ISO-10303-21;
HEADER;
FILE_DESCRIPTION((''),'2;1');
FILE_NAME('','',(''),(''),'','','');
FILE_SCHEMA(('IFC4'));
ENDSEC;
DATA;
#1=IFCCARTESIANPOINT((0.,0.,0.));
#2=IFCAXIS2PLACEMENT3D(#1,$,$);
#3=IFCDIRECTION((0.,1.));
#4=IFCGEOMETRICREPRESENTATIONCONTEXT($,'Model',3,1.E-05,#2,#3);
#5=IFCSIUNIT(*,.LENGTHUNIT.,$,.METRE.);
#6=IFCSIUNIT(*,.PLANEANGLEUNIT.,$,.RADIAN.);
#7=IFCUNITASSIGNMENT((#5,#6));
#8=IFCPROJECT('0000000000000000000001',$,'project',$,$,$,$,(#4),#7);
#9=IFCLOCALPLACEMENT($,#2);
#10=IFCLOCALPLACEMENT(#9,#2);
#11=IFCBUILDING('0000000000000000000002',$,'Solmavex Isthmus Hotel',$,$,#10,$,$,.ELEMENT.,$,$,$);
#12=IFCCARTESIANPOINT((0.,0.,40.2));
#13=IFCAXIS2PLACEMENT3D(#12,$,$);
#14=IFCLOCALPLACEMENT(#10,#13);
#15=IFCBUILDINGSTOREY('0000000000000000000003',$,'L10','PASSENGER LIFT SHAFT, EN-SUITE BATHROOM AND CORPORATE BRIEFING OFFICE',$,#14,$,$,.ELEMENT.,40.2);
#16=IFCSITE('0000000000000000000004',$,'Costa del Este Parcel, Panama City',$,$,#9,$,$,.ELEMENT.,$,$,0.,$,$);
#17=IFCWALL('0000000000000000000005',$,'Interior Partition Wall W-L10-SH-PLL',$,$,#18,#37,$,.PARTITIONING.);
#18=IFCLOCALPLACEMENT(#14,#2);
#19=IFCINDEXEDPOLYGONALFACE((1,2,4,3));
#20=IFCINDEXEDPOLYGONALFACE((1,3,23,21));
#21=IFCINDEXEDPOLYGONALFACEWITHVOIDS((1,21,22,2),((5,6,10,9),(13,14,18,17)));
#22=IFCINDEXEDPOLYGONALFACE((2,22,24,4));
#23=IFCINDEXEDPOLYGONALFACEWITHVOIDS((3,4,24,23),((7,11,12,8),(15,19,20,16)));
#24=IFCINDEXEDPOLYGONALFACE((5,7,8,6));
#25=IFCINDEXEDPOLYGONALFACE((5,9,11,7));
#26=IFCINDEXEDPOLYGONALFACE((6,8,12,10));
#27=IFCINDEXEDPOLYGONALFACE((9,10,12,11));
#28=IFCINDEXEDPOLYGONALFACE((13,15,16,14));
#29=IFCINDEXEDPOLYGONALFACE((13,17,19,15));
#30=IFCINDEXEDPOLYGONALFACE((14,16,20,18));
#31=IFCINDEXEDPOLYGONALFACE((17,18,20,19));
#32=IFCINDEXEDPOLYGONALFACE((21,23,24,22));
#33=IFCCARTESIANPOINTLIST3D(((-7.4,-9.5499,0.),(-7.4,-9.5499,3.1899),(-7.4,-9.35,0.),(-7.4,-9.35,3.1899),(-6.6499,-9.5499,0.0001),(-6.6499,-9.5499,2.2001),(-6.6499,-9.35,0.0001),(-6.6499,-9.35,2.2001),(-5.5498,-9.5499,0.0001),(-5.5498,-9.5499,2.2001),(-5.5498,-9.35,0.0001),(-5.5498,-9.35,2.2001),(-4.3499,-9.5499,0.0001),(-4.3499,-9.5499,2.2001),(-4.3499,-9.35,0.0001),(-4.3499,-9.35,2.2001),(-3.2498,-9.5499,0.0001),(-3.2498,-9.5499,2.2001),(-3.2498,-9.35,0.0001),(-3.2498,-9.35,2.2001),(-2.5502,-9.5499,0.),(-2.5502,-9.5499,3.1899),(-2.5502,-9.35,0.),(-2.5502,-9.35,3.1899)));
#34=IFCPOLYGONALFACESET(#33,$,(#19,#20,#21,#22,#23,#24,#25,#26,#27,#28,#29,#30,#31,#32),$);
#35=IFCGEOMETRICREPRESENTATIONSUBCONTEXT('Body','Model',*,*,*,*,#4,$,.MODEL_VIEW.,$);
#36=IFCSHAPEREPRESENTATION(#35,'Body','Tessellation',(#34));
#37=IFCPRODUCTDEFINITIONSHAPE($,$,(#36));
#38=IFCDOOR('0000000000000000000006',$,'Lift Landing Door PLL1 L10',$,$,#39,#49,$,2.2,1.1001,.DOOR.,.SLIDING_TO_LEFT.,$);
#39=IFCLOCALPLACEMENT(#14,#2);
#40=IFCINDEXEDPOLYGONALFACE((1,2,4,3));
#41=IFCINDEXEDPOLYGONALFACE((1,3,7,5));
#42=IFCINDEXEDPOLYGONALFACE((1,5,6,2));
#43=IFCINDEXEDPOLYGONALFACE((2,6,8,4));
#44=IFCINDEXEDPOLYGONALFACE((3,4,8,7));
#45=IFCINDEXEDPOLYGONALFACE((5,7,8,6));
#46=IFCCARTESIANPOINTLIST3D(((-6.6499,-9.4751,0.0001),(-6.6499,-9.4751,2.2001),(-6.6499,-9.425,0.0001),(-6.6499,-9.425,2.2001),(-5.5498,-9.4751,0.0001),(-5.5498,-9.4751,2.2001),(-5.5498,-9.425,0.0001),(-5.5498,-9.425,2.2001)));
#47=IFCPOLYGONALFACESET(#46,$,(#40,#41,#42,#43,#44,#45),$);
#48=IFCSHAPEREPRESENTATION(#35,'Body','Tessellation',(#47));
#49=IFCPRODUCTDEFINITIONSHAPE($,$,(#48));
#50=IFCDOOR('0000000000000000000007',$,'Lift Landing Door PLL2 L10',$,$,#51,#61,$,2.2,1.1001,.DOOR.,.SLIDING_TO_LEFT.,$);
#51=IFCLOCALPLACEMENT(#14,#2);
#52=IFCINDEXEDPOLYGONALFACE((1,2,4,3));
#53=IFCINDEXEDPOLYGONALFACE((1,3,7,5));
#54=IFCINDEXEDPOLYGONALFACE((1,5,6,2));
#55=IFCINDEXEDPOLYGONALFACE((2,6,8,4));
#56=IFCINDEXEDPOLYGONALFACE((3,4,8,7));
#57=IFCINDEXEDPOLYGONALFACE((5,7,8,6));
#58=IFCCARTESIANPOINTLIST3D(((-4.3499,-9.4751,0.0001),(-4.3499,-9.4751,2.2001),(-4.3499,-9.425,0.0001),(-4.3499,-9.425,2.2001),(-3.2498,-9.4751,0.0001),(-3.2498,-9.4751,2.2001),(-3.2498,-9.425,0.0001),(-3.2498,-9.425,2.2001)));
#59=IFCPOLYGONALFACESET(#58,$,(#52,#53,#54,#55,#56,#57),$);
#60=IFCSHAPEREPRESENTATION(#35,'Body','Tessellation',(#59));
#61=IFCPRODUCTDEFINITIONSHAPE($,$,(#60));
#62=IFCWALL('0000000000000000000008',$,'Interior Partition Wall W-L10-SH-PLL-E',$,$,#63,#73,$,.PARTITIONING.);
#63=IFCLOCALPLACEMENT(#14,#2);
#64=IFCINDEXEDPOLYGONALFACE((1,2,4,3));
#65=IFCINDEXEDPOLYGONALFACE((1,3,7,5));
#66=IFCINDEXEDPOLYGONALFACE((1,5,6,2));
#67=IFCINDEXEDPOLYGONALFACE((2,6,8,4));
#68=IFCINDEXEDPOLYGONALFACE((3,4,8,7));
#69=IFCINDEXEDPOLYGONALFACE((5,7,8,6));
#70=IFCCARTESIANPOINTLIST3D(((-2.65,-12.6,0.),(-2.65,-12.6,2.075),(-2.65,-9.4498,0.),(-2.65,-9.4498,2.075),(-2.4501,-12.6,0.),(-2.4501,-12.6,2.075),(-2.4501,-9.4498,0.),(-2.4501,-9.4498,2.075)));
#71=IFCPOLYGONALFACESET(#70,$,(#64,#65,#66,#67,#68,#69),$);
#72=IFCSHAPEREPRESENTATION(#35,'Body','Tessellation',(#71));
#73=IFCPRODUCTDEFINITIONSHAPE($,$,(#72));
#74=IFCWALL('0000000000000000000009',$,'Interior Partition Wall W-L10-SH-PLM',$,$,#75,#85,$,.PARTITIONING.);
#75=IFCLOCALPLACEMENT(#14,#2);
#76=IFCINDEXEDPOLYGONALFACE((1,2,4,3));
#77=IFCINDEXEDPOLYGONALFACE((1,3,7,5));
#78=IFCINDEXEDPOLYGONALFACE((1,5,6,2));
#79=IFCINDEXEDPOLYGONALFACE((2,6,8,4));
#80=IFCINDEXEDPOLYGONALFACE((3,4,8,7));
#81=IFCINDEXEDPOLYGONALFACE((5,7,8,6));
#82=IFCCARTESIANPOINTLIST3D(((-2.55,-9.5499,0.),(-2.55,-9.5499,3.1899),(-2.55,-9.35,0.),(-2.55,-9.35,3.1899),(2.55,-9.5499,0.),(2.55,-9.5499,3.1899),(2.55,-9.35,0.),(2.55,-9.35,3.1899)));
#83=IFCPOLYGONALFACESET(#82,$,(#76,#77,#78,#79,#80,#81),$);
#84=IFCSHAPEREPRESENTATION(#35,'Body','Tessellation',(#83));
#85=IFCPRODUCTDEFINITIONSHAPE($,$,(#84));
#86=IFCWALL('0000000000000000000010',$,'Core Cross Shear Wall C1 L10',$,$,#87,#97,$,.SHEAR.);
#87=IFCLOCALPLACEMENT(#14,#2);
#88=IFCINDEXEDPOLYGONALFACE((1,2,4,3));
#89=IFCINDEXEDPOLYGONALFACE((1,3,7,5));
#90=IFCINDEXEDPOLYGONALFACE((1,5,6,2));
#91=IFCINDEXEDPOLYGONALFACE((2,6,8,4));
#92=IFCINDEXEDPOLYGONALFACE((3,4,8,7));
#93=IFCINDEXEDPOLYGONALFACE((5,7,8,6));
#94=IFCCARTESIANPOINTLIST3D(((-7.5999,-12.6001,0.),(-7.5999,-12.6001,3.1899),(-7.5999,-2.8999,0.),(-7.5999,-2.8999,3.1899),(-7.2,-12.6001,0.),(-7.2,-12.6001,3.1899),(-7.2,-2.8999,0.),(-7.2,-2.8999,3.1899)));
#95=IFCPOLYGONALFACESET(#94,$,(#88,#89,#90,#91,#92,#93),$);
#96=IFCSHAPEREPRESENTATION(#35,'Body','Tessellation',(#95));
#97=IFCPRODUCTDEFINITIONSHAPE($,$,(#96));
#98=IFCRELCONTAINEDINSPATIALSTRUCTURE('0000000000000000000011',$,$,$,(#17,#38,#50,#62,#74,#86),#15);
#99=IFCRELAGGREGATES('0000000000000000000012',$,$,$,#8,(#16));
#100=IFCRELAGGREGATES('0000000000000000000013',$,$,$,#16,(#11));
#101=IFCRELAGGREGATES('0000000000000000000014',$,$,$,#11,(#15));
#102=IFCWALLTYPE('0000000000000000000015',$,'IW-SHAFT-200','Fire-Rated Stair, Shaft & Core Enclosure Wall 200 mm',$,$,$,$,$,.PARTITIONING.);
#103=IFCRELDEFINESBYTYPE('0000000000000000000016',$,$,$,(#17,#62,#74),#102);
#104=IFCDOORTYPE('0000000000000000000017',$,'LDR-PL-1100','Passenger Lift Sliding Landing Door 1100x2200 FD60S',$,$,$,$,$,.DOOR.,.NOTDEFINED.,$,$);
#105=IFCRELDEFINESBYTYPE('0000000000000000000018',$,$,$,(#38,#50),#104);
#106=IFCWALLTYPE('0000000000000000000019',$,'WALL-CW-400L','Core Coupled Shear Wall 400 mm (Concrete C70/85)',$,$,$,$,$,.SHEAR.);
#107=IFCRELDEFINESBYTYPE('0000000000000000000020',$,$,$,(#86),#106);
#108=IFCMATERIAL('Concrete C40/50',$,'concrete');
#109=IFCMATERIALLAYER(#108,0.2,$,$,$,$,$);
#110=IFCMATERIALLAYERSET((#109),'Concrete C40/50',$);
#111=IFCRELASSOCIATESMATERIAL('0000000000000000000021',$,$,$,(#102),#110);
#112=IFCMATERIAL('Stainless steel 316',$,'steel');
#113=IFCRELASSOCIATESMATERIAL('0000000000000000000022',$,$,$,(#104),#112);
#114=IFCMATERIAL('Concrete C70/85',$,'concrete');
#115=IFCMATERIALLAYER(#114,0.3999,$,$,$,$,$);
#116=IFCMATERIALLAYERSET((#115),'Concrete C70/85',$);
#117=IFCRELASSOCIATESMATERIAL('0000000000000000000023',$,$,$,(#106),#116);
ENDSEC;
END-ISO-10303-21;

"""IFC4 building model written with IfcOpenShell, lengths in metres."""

from ifc_helpers import new_model, si_unit, direction, frame, frame_2d, origin, place, context, subcontext, project, spatial, rectangle, extrude, material, layer, layer_set, type_object, element, fill, save


model = new_model("IFC4")

# Units and contexts
model_context = context("Model", 3, precision=1e-05, world=origin(), true_north=direction((0.0, 1.0)))
body_context = subcontext(model_context, "Body", "Model", "MODEL_VIEW")
ifc_project = project(units=[si_unit("LENGTHUNIT", "METRE"), si_unit("PLANEANGLEUNIT", "RADIAN")], contexts=[model_context])

# Site, building, storey
site_placement = place(None, origin())
site = spatial("IfcSite", under=ifc_project, at=site_placement, Name="Costa del Este Parcel, Panama City", CompositionType="ELEMENT", RefElevation=0.0)
building_placement = place(site_placement, origin())
building = spatial("IfcBuilding", under=site, at=building_placement, Name="Solmavex Isthmus Hotel", CompositionType="ELEMENT")
storey_placement = place(building_placement, frame((0.0, 0.0, 40.2)))
storey = spatial("IfcBuildingStorey", under=building, at=storey_placement, Name="L10", Description="PASSENGER LIFT SHAFT, EN-SUITE BATHROOM AND CORPORATE BRIEFING OFFICE", CompositionType="ELEMENT", Elevation=40.2)

# Shared definitions
ifc_material_1 = material(Name="Concrete C70/85", Category="concrete")

# Shared definitions
ifc_material_2 = material(Name="Concrete C40/50", Category="concrete")

# Wall, openings, doors
ifc_layer_1 = layer(ifc_material_2, 0.2)
ifc_layer_set_1 = layer_set([ifc_layer_1], Name="Concrete C40/50")
wall_type_1 = type_object("IfcWallType", Name="IW-SHAFT-200", Description="Fire-Rated Stair, Shaft & Core Enclosure Wall 200 mm", PredefinedType="PARTITIONING", material=ifc_layer_set_1)
wall_1_placement = place(storey_placement, frame((-7.3999, -9.45, 0.0), z_axis=(0.0, 0.0, 1.0), x_axis=(1.0, 0.0, 0.0)))
wall_1 = element("IfcWall", 1, at=wall_1_placement, inside=storey, type_object=wall_type_1, Name="Interior Partition Wall W-L10-SH-PLL", PredefinedType="PARTITIONING", context=body_context, shape_type="SweptSolid", body=[
    extrude(rectangle(XDim=4.8499, YDim=0.2, at=frame_2d((2.4248, 0.0))), origin(), (0.0, 0.0, 1.0), 3.1899),
])
opening_1_placement = place(wall_1_placement, frame((0.75, 0.0, 0.0)))
opening_1 = element("IfcOpeningElement", 2, at=opening_1_placement, cuts=wall_1, PredefinedType="OPENING", context=body_context, shape_type="SweptSolid", body=[
    extrude(rectangle(XDim=1.1001, YDim=2.2, at=frame_2d((0.55, 1.1001))), frame((0.0, 0.1099, 0.0), z_axis=(0.0, -1.0, 0.0), x_axis=(1.0, 0.0, 0.0)), (0.0, 0.0, 1.0), 0.22),
])
opening_2_placement = place(wall_1_placement, frame((3.05, 0.0, 0.0)))
opening_2 = element("IfcOpeningElement", 3, at=opening_2_placement, cuts=wall_1, PredefinedType="OPENING", context=body_context, shape_type="SweptSolid", body=[
    extrude(rectangle(XDim=1.1001, YDim=2.2, at=frame_2d((0.55, 1.1001))), frame((0.0, 0.1099, 0.0), z_axis=(0.0, -1.0, 0.0), x_axis=(1.0, 0.0, 0.0)), (0.0, 0.0, 1.0), 0.22),
])
ifc_material_3 = material(Name="Stainless steel 316", Category="steel")
door_type_1 = type_object("IfcDoorType", Name="LDR-PL-1100", Description="Passenger Lift Sliding Landing Door 1100x2200 FD60S", OperationType="NOTDEFINED", PredefinedType="DOOR", material=ifc_material_3)
door_1_placement = place(opening_1_placement, origin())
door_1 = element("IfcDoor", 4, at=door_1_placement, inside=storey, type_object=door_type_1, Name="Lift Landing Door PLL1 L10", OperationType="SLIDING_TO_LEFT", OverallHeight=2.2, OverallWidth=1.1001, PredefinedType="DOOR", context=body_context, shape_type="SweptSolid", body=[
    extrude(rectangle(XDim=1.1001, YDim=2.2, at=frame_2d((0.55, 1.1001))), frame((0.0, 0.0249, 0.0), z_axis=(0.0, -1.0, 0.0), x_axis=(1.0, 0.0, 0.0)), (0.0, 0.0, 1.0), 0.05),
])
fill(opening_1, door_1)
door_2_placement = place(opening_2_placement, origin())
door_2 = element("IfcDoor", 5, at=door_2_placement, inside=storey, type_object=door_type_1, Name="Lift Landing Door PLL2 L10", OperationType="SLIDING_TO_LEFT", OverallHeight=2.2, OverallWidth=1.1001, PredefinedType="DOOR", context=body_context, shape_type="SweptSolid", body=[
    extrude(rectangle(XDim=1.1001, YDim=2.2, at=frame_2d((0.55, 1.1001))), frame((0.0, 0.0249, 0.0), z_axis=(0.0, -1.0, 0.0), x_axis=(1.0, 0.0, 0.0)), (0.0, 0.0, 1.0), 0.05),
])
fill(opening_2, door_2)

# Walls
wall_2_placement = place(storey_placement, frame((-2.55, -12.6001, 0.0), z_axis=(0.0, 0.0, 1.0), x_axis=(0.0, 1.0, 0.0)))
element("IfcWall", 6, at=wall_2_placement, inside=storey, type_object=wall_type_1, Name="Interior Partition Wall W-L10-SH-PLL-E", PredefinedType="PARTITIONING", context=body_context, shape_type="SweptSolid", body=[
    extrude(rectangle(XDim=3.1501, YDim=0.2, at=frame_2d((1.5752, 0.0))), origin(), (0.0, 0.0, 1.0), 2.075),
])
wall_3_placement = place(storey_placement, frame((-2.55, -9.45, 0.0), z_axis=(0.0, 0.0, 1.0), x_axis=(1.0, 0.0, 0.0)))
element("IfcWall", 7, at=wall_3_placement, inside=storey, type_object=wall_type_1, Name="Interior Partition Wall W-L10-SH-PLM", PredefinedType="PARTITIONING", context=body_context, shape_type="SweptSolid", body=[
    extrude(rectangle(XDim=5.1001, YDim=0.2, at=frame_2d((2.55, 0.0))), origin(), (0.0, 0.0, 1.0), 3.1899),
])
ifc_layer_2 = layer(ifc_material_1, 0.3999)
ifc_layer_set_2 = layer_set([ifc_layer_2], Name="Concrete C70/85")
wall_type_2 = type_object("IfcWallType", Name="WALL-CW-400L", Description="Core Coupled Shear Wall 400 mm (Concrete C70/85)", PredefinedType="SHEAR", material=ifc_layer_set_2)
wall_4_placement = place(storey_placement, frame((-7.3999, -12.6001, 0.0), z_axis=(0.0, 0.0, 1.0), x_axis=(0.0, 1.0, 0.0)))
element("IfcWall", 8, at=wall_4_placement, inside=storey, type_object=wall_type_2, Name="Core Cross Shear Wall C1 L10", PredefinedType="SHEAR", context=body_context, shape_type="SweptSolid", body=[
    extrude(rectangle(XDim=9.7002, YDim=0.3999, at=frame_2d((4.8501, 0.0))), origin(), (0.0, 0.0, 1.0), 3.1899),
])

save(model, "model.ifc")
